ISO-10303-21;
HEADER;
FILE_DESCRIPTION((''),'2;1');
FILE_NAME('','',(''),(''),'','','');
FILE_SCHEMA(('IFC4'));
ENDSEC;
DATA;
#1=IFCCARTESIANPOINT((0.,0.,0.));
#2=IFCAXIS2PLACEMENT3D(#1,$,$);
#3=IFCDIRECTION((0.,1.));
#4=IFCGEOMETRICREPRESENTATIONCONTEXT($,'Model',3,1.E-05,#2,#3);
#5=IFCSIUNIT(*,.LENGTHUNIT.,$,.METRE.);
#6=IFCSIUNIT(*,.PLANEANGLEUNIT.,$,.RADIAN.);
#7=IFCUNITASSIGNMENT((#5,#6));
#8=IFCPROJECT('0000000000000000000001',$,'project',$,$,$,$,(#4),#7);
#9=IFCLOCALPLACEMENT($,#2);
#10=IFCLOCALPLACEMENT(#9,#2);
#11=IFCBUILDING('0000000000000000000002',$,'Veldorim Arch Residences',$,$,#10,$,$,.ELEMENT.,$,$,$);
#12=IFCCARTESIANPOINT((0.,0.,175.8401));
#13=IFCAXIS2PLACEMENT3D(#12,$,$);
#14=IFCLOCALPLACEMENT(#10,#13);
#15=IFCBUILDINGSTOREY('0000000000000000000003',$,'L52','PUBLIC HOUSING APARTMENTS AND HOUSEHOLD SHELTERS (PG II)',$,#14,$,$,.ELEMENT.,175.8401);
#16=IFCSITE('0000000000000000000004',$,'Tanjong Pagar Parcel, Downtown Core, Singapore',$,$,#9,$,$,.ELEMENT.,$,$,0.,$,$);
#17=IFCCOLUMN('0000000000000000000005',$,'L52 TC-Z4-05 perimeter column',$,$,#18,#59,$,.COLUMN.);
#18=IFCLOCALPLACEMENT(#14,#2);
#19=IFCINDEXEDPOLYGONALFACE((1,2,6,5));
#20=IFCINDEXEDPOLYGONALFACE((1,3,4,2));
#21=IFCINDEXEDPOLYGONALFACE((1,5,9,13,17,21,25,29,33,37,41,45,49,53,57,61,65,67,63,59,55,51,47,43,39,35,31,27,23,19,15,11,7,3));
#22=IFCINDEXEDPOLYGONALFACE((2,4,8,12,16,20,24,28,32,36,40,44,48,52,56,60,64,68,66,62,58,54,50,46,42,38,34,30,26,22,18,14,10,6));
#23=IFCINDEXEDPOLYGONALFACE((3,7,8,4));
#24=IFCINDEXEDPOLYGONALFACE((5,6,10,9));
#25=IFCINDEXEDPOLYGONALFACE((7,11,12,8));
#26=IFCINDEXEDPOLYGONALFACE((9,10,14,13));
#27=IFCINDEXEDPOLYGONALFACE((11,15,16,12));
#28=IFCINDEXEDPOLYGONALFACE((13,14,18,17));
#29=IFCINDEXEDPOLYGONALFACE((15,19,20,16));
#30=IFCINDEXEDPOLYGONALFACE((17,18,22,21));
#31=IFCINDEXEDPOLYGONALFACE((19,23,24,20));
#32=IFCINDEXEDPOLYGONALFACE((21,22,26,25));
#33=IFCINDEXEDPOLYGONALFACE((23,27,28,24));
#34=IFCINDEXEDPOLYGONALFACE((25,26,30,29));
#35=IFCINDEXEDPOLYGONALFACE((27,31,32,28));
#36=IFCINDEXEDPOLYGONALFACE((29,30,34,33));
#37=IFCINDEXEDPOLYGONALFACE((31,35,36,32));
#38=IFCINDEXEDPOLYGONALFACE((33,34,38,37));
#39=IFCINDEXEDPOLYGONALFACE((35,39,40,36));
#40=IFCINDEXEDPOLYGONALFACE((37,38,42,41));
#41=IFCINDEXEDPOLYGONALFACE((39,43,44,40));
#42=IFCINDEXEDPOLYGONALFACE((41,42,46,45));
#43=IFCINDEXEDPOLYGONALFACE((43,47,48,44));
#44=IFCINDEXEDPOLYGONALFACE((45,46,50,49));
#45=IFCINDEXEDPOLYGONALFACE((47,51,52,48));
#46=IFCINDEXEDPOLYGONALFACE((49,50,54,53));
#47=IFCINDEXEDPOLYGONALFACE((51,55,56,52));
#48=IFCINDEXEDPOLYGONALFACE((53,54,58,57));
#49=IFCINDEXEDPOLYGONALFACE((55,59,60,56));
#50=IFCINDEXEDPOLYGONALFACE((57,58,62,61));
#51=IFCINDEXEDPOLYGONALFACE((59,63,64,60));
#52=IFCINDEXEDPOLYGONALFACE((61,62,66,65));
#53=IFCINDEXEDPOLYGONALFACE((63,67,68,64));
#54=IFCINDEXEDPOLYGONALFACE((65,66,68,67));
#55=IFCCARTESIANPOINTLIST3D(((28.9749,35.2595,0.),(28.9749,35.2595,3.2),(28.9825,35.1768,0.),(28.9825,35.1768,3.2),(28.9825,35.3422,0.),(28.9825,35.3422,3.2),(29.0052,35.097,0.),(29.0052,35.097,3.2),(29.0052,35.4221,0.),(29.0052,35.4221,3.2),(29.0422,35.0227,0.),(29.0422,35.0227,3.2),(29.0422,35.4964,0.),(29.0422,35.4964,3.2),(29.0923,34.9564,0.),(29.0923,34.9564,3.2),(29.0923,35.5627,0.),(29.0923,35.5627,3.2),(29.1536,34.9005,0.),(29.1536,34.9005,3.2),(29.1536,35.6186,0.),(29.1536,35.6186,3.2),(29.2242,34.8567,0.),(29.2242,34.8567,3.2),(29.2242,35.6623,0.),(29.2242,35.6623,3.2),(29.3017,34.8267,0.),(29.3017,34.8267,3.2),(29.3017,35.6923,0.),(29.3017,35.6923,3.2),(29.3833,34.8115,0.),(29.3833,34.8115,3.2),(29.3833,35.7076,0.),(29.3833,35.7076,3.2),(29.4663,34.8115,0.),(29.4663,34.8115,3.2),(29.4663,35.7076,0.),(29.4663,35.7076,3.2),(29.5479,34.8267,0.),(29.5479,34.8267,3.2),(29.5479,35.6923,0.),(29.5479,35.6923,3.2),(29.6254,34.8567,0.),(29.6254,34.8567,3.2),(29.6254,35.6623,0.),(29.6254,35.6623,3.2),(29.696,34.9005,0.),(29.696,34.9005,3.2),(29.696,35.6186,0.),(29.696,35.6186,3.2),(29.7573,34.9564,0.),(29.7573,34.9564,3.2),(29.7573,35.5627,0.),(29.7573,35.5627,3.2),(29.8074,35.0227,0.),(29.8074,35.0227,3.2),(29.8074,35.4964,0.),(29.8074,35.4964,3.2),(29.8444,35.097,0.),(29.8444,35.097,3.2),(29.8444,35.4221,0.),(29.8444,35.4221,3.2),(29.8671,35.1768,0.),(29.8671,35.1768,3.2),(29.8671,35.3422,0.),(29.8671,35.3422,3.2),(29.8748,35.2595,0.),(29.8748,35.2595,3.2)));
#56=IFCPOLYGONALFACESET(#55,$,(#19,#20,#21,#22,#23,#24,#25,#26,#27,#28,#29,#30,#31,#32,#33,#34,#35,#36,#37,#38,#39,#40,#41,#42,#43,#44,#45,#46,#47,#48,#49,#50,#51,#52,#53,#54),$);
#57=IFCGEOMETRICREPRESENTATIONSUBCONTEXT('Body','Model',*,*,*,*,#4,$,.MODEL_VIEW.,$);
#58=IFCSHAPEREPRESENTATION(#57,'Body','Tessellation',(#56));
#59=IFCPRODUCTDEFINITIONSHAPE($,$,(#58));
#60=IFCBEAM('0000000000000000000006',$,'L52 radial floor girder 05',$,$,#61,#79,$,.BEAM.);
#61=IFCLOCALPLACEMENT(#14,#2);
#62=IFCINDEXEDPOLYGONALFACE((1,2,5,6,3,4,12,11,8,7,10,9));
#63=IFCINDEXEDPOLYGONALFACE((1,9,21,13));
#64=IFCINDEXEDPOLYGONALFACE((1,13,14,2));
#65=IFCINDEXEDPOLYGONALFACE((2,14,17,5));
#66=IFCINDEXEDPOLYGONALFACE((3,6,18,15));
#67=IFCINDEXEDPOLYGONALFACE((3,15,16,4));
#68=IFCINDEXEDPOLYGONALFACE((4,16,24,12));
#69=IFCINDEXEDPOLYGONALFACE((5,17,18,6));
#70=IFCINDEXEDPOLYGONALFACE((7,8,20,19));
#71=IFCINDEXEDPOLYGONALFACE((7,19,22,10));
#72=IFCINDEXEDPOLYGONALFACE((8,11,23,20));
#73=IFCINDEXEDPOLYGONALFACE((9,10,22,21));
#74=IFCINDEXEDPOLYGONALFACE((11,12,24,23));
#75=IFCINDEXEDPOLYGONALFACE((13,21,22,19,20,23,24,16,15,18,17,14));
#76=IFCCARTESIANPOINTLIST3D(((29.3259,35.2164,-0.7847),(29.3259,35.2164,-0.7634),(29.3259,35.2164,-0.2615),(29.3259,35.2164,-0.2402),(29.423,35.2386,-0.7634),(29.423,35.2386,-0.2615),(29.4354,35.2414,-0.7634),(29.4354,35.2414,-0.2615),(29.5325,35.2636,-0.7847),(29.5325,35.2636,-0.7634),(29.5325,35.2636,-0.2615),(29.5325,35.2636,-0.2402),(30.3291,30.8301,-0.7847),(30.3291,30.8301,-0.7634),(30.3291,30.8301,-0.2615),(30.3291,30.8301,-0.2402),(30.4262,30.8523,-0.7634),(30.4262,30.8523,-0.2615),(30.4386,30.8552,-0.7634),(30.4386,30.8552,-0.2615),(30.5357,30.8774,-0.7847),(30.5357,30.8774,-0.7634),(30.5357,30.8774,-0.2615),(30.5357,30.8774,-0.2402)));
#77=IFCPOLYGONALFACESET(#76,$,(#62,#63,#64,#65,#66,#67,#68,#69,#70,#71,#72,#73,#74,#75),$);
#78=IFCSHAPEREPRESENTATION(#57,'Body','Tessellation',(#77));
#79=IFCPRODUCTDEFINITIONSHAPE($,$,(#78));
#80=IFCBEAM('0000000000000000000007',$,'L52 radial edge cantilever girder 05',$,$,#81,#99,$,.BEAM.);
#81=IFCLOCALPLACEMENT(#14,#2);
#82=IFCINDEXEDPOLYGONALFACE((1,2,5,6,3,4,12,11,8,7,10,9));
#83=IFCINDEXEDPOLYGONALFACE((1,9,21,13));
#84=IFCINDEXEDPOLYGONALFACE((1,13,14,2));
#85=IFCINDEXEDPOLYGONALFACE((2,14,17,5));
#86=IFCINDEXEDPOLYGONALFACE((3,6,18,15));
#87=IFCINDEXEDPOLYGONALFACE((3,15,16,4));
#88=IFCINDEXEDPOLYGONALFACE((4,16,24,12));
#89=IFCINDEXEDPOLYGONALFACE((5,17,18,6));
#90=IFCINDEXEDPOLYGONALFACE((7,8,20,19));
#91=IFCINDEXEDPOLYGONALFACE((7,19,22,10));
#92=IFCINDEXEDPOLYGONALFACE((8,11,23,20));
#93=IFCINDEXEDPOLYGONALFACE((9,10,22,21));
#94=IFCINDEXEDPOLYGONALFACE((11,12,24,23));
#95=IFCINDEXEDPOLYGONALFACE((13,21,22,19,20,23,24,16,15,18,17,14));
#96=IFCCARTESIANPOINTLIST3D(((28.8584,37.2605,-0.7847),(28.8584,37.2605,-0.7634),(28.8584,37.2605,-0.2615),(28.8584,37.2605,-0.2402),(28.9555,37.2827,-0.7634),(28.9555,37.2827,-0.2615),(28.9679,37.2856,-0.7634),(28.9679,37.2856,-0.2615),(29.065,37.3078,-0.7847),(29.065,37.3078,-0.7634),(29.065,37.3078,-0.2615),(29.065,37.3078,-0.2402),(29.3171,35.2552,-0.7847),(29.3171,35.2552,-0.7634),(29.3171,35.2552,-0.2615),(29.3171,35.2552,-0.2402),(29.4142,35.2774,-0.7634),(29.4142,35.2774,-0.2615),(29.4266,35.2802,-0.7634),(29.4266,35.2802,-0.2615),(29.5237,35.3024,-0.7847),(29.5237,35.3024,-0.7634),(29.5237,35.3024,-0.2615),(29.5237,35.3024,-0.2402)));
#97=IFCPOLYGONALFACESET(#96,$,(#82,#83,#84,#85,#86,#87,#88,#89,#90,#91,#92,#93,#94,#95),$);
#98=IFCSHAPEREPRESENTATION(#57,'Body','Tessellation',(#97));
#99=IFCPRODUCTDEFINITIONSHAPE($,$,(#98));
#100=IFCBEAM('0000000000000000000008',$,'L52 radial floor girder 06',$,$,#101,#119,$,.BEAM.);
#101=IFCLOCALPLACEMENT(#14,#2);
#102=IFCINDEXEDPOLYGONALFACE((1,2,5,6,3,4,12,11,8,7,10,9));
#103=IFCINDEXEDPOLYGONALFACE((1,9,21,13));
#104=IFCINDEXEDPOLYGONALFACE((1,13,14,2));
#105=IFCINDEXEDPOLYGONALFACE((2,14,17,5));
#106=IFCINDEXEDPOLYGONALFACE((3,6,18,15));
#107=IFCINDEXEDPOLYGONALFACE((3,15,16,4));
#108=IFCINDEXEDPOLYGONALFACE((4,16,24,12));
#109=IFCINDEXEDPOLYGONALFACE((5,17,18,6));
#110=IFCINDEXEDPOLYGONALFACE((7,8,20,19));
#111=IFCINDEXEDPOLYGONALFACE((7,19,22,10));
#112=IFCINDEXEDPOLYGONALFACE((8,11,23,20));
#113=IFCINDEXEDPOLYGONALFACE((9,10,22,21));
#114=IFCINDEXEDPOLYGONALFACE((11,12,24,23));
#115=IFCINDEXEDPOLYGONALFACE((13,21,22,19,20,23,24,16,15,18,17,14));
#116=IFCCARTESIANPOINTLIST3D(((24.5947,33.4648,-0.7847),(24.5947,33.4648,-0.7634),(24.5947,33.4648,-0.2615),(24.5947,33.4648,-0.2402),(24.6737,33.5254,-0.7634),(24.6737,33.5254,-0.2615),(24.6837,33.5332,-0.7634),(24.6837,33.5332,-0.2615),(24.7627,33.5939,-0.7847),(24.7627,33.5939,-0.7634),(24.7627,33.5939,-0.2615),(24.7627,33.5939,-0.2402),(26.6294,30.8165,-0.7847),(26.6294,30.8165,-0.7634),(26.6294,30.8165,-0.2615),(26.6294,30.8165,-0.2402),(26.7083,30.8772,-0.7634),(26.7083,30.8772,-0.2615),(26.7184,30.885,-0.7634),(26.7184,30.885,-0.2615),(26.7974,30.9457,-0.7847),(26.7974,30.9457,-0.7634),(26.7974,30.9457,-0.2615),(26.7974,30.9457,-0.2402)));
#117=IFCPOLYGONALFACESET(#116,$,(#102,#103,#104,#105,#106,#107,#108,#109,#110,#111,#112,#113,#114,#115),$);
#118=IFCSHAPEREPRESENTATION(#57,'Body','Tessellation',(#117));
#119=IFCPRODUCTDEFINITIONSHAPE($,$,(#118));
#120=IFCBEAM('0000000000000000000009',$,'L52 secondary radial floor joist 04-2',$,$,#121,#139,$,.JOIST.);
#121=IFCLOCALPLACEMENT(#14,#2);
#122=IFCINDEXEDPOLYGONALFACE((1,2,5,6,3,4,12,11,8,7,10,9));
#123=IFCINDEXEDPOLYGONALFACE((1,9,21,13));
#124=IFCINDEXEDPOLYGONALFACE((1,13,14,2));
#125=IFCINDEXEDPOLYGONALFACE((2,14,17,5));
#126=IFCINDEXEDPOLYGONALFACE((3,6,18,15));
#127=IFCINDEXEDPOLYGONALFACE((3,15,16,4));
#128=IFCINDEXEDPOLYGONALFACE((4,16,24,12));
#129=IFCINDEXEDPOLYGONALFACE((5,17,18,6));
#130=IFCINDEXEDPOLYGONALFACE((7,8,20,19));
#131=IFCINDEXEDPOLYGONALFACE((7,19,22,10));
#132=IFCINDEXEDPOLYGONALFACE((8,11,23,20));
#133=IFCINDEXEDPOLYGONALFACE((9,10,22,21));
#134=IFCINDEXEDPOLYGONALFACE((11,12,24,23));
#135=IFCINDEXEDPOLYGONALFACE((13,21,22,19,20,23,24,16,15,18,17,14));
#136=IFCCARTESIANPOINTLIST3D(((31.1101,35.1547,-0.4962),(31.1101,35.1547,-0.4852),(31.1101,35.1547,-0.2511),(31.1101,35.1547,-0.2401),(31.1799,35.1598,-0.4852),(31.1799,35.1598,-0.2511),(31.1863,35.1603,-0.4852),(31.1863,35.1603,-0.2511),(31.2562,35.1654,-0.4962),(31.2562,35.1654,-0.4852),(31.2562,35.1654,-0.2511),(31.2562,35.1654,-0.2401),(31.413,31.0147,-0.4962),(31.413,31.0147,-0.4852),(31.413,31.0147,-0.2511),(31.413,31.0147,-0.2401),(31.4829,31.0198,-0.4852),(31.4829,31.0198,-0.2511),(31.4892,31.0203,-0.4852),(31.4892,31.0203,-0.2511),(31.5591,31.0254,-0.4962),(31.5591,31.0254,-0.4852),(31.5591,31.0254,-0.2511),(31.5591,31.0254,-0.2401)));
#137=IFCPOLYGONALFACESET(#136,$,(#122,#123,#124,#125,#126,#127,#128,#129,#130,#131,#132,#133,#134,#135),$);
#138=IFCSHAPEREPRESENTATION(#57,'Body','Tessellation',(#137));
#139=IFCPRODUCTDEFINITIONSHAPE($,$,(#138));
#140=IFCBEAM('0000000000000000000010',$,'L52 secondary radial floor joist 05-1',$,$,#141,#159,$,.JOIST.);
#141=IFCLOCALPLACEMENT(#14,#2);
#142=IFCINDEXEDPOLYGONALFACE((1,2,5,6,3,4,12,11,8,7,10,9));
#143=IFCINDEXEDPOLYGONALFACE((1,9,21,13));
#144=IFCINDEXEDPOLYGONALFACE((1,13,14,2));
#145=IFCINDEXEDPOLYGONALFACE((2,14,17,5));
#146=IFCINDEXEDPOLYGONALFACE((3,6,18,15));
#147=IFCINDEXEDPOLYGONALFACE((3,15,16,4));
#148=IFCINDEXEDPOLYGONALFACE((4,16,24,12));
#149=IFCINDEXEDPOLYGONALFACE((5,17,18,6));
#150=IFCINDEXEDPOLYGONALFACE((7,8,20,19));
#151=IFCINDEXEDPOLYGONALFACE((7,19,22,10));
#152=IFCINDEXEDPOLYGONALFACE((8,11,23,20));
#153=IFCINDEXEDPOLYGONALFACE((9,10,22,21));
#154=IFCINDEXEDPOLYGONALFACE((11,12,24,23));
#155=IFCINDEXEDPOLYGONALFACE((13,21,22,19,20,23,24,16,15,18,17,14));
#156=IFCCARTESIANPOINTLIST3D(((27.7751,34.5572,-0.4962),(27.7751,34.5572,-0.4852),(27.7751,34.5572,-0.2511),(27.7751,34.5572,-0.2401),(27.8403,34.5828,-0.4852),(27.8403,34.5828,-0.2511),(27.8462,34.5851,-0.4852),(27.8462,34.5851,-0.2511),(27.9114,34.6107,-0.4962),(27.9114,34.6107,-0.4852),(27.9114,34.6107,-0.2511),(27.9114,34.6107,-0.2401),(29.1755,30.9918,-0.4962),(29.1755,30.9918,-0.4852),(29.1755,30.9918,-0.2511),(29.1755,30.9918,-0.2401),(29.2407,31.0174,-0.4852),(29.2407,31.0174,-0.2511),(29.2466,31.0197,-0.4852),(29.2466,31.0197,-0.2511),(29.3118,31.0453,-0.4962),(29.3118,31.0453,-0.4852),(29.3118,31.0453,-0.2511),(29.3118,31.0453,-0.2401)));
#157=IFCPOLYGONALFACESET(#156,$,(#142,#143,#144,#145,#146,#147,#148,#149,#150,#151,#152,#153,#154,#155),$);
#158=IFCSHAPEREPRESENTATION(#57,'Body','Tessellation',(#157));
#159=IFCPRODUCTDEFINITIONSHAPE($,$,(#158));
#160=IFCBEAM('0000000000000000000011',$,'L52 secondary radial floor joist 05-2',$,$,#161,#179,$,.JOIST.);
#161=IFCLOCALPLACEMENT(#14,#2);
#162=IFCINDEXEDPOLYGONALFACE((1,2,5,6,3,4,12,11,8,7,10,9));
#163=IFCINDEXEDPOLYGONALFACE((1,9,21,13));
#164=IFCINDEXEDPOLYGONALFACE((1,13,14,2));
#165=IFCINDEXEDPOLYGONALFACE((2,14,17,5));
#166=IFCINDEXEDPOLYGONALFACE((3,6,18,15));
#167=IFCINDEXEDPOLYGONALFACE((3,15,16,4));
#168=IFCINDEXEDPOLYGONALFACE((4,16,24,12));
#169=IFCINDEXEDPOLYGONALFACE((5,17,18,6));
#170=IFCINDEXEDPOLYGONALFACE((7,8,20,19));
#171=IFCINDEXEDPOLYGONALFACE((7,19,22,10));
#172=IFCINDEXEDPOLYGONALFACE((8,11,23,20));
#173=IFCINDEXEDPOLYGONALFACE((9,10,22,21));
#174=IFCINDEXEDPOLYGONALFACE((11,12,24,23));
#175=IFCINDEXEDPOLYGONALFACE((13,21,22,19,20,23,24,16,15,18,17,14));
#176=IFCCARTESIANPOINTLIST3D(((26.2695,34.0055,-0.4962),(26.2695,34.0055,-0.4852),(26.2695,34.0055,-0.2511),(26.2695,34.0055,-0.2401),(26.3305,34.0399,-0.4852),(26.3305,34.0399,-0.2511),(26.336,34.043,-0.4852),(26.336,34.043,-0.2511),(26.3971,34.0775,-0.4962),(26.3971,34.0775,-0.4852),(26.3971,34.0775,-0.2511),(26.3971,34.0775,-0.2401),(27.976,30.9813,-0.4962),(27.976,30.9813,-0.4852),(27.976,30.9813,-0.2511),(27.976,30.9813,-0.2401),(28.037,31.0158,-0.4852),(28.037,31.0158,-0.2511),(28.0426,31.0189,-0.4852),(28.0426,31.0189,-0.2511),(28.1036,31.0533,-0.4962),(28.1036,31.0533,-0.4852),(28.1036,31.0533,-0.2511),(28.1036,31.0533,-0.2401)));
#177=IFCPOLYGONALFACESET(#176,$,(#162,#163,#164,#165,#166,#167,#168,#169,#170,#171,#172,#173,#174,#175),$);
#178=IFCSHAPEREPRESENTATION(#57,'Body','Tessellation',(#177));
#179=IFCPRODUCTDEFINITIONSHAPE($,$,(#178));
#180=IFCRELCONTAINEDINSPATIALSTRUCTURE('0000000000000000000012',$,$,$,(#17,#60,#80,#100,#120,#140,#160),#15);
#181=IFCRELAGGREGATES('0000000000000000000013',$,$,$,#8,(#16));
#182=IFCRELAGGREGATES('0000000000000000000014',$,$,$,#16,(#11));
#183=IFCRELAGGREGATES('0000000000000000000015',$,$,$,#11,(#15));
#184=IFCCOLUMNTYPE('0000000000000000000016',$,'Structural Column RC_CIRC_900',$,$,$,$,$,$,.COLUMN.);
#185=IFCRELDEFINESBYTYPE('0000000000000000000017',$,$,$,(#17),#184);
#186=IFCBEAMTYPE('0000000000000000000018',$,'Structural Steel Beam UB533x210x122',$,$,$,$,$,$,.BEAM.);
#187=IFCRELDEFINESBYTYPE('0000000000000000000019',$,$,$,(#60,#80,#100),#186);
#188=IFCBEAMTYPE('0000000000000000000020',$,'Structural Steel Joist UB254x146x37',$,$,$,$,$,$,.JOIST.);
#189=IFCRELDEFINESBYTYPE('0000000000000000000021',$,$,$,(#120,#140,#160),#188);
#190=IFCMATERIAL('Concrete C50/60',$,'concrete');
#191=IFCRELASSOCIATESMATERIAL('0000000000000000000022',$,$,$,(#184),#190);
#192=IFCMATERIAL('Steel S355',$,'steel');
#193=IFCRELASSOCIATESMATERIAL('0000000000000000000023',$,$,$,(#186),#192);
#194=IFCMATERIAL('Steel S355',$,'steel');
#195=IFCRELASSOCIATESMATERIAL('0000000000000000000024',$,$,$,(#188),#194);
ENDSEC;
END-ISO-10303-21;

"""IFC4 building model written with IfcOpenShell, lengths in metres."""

from ifc_helpers import new_model, si_unit, direction, frame, origin, origin_2d, place, context, subcontext, project, spatial, circle, i_section, extrude, material, material_profile, profile_set, type_object, element, save


model = new_model("IFC4")

# Units and contexts
model_context = context("Model", 3, precision=1e-05, world=origin(), true_north=direction((0.0, 1.0)))
body_context = subcontext(model_context, "Body", "Model", "MODEL_VIEW")
ifc_project = project(units=[si_unit("LENGTHUNIT", "METRE"), si_unit("PLANEANGLEUNIT", "RADIAN")], contexts=[model_context])

# Site, building, storey
site_placement = place(None, origin())
site = spatial("IfcSite", under=ifc_project, at=site_placement, Name="Tanjong Pagar Parcel, Downtown Core, Singapore", CompositionType="ELEMENT", RefElevation=0.0)
building_placement = place(site_placement, origin())
building = spatial("IfcBuilding", under=site, at=building_placement, Name="Veldorim Arch Residences", CompositionType="ELEMENT")
storey_placement = place(building_placement, frame((0.0, 0.0, 175.8401)))
storey = spatial("IfcBuildingStorey", under=building, at=storey_placement, Name="L52", Description="PUBLIC HOUSING APARTMENTS AND HOUSEHOLD SHELTERS (PG II)", CompositionType="ELEMENT", Elevation=175.8401)

# Column
ifc_material_1 = material(Name="Concrete C50/60", Category="concrete")
ifc_material_profile_1 = material_profile(ifc_material_1, circle(Radius=0.45, at=origin_2d()), Name="RC_CIRC_900")
ifc_profile_set_1 = profile_set([ifc_material_profile_1], Name="Concrete C50/60")
column_type = type_object("IfcColumnType", Name="Structural Column RC_CIRC_900", PredefinedType="COLUMN", material=ifc_profile_set_1)
column_placement = place(storey_placement, frame((29.4248, 35.2595, 0.0), z_axis=(0.0, 0.0, 1.0), x_axis=(1.0, 0.0, 0.0)))
element("IfcColumn", 1, at=column_placement, inside=storey, type_object=column_type, Name="L52 TC-Z4-05 perimeter column", PredefinedType="COLUMN", context=body_context, shape_type="SweptSolid", body=[
    extrude(circle(Radius=0.45, at=origin_2d()), origin(), (0.0, 0.0, 1.0), 3.2),
])

# Beams
ifc_material_2 = material(Name="Steel S355", Category="steel")
ifc_material_profile_2 = material_profile(ifc_material_2, i_section(OverallWidth=0.2119, OverallDepth=0.5444, WebThickness=0.0127, FlangeThickness=0.0212, at=origin_2d()), Name="UB533x210x122")
ifc_profile_set_2 = profile_set([ifc_material_profile_2], Name="Steel S355")
beam_type_1 = type_object("IfcBeamType", Name="Structural Steel Beam UB533x210x122", PredefinedType="BEAM", material=ifc_profile_set_2)
beam_1_placement = place(storey_placement, frame((30.4324, 30.8538, -0.5125), z_axis=(-0.222953, 0.974829, 0.0), x_axis=(-0.974829, -0.222953, 0.0)))
element("IfcBeam", 2, at=beam_1_placement, inside=storey, type_object=beam_type_1, Name="L52 radial floor girder 05", PredefinedType="BEAM", context=body_context, shape_type="SweptSolid", body=[
    extrude(i_section(OverallWidth=0.2119, OverallDepth=0.5444, WebThickness=0.0127, FlangeThickness=0.0212, at=origin_2d()), origin(), (0.0, 0.0, 1.0), 4.4995),
])
beam_2_placement = place(storey_placement, frame((29.4204, 35.2788, -0.5125), z_axis=(-0.222996, 0.974819, 0.0), x_axis=(-0.974819, -0.222996, 0.0)))
element("IfcBeam", 3, at=beam_2_placement, inside=storey, type_object=beam_type_1, Name="L52 radial edge cantilever girder 05", PredefinedType="BEAM", context=body_context, shape_type="SweptSolid", body=[
    extrude(i_section(OverallWidth=0.2119, OverallDepth=0.5444, WebThickness=0.0127, FlangeThickness=0.0212, at=origin_2d()), origin(), (0.0, 0.0, 1.0), 2.0571),
])
beam_3_placement = place(storey_placement, frame((26.7134, 30.8811, -0.5125), z_axis=(-0.609258, 0.792972, 0.0), x_axis=(-0.792972, -0.609258, 0.0)))
element("IfcBeam", 4, at=beam_3_placement, inside=storey, type_object=beam_type_1, Name="L52 radial floor girder 06", PredefinedType="BEAM", context=body_context, shape_type="SweptSolid", body=[
    extrude(i_section(OverallWidth=0.2119, OverallDepth=0.5444, WebThickness=0.0127, FlangeThickness=0.0212, at=origin_2d()), origin(), (0.0, 0.0, 1.0), 3.3396),
])
ifc_material_3 = material(Name="Steel S355", Category="steel")
ifc_material_profile_3 = material_profile(ifc_material_3, i_section(OverallWidth=0.1465, OverallDepth=0.2561, WebThickness=0.0063, FlangeThickness=0.011, at=origin_2d()), Name="UB254x146x37")
ifc_profile_set_3 = profile_set([ifc_material_profile_3], Name="Steel S355")
beam_type_2 = type_object("IfcBeamType", Name="Structural Steel Joist UB254x146x37", PredefinedType="JOIST", material=ifc_profile_set_3)
beam_4_placement = place(storey_placement, frame((31.4861, 31.02, -0.3682), z_axis=(-0.072986, 0.997333, 0.0), x_axis=(-0.997333, -0.072986, 0.0)))
element("IfcBeam", 5, at=beam_4_placement, inside=storey, type_object=beam_type_2, Name="L52 secondary radial floor joist 04-2", PredefinedType="JOIST", context=body_context, shape_type="SweptSolid", body=[
    extrude(i_section(OverallWidth=0.1465, OverallDepth=0.2561, WebThickness=0.0063, FlangeThickness=0.011, at=origin_2d()), origin(), (0.0, 0.0, 1.0), 4.1511),
])
beam_5_placement = place(storey_placement, frame((29.2437, 31.0186, -0.3682), z_axis=(-0.365581, 0.930779, 0.0), x_axis=(-0.930779, -0.365581, 0.0)))
element("IfcBeam", 6, at=beam_5_placement, inside=storey, type_object=beam_type_2, Name="L52 secondary radial floor joist 05-1", PredefinedType="JOIST", context=body_context, shape_type="SweptSolid", body=[
    extrude(i_section(OverallWidth=0.1465, OverallDepth=0.2561, WebThickness=0.0063, FlangeThickness=0.011, at=origin_2d()), origin(), (0.0, 0.0, 1.0), 3.8306),
])
beam_6_placement = place(storey_placement, frame((28.0398, 31.0173, -0.3682), z_axis=(-0.491452, 0.870904, 0.0), x_axis=(-0.870904, -0.491452, 0.0)))
element("IfcBeam", 7, at=beam_6_placement, inside=storey, type_object=beam_type_2, Name="L52 secondary radial floor joist 05-2", PredefinedType="JOIST", context=body_context, shape_type="SweptSolid", body=[
    extrude(i_section(OverallWidth=0.1465, OverallDepth=0.2561, WebThickness=0.0063, FlangeThickness=0.011, at=origin_2d()), origin(), (0.0, 0.0, 1.0), 3.4724),
])

save(model, "model.ifc")
